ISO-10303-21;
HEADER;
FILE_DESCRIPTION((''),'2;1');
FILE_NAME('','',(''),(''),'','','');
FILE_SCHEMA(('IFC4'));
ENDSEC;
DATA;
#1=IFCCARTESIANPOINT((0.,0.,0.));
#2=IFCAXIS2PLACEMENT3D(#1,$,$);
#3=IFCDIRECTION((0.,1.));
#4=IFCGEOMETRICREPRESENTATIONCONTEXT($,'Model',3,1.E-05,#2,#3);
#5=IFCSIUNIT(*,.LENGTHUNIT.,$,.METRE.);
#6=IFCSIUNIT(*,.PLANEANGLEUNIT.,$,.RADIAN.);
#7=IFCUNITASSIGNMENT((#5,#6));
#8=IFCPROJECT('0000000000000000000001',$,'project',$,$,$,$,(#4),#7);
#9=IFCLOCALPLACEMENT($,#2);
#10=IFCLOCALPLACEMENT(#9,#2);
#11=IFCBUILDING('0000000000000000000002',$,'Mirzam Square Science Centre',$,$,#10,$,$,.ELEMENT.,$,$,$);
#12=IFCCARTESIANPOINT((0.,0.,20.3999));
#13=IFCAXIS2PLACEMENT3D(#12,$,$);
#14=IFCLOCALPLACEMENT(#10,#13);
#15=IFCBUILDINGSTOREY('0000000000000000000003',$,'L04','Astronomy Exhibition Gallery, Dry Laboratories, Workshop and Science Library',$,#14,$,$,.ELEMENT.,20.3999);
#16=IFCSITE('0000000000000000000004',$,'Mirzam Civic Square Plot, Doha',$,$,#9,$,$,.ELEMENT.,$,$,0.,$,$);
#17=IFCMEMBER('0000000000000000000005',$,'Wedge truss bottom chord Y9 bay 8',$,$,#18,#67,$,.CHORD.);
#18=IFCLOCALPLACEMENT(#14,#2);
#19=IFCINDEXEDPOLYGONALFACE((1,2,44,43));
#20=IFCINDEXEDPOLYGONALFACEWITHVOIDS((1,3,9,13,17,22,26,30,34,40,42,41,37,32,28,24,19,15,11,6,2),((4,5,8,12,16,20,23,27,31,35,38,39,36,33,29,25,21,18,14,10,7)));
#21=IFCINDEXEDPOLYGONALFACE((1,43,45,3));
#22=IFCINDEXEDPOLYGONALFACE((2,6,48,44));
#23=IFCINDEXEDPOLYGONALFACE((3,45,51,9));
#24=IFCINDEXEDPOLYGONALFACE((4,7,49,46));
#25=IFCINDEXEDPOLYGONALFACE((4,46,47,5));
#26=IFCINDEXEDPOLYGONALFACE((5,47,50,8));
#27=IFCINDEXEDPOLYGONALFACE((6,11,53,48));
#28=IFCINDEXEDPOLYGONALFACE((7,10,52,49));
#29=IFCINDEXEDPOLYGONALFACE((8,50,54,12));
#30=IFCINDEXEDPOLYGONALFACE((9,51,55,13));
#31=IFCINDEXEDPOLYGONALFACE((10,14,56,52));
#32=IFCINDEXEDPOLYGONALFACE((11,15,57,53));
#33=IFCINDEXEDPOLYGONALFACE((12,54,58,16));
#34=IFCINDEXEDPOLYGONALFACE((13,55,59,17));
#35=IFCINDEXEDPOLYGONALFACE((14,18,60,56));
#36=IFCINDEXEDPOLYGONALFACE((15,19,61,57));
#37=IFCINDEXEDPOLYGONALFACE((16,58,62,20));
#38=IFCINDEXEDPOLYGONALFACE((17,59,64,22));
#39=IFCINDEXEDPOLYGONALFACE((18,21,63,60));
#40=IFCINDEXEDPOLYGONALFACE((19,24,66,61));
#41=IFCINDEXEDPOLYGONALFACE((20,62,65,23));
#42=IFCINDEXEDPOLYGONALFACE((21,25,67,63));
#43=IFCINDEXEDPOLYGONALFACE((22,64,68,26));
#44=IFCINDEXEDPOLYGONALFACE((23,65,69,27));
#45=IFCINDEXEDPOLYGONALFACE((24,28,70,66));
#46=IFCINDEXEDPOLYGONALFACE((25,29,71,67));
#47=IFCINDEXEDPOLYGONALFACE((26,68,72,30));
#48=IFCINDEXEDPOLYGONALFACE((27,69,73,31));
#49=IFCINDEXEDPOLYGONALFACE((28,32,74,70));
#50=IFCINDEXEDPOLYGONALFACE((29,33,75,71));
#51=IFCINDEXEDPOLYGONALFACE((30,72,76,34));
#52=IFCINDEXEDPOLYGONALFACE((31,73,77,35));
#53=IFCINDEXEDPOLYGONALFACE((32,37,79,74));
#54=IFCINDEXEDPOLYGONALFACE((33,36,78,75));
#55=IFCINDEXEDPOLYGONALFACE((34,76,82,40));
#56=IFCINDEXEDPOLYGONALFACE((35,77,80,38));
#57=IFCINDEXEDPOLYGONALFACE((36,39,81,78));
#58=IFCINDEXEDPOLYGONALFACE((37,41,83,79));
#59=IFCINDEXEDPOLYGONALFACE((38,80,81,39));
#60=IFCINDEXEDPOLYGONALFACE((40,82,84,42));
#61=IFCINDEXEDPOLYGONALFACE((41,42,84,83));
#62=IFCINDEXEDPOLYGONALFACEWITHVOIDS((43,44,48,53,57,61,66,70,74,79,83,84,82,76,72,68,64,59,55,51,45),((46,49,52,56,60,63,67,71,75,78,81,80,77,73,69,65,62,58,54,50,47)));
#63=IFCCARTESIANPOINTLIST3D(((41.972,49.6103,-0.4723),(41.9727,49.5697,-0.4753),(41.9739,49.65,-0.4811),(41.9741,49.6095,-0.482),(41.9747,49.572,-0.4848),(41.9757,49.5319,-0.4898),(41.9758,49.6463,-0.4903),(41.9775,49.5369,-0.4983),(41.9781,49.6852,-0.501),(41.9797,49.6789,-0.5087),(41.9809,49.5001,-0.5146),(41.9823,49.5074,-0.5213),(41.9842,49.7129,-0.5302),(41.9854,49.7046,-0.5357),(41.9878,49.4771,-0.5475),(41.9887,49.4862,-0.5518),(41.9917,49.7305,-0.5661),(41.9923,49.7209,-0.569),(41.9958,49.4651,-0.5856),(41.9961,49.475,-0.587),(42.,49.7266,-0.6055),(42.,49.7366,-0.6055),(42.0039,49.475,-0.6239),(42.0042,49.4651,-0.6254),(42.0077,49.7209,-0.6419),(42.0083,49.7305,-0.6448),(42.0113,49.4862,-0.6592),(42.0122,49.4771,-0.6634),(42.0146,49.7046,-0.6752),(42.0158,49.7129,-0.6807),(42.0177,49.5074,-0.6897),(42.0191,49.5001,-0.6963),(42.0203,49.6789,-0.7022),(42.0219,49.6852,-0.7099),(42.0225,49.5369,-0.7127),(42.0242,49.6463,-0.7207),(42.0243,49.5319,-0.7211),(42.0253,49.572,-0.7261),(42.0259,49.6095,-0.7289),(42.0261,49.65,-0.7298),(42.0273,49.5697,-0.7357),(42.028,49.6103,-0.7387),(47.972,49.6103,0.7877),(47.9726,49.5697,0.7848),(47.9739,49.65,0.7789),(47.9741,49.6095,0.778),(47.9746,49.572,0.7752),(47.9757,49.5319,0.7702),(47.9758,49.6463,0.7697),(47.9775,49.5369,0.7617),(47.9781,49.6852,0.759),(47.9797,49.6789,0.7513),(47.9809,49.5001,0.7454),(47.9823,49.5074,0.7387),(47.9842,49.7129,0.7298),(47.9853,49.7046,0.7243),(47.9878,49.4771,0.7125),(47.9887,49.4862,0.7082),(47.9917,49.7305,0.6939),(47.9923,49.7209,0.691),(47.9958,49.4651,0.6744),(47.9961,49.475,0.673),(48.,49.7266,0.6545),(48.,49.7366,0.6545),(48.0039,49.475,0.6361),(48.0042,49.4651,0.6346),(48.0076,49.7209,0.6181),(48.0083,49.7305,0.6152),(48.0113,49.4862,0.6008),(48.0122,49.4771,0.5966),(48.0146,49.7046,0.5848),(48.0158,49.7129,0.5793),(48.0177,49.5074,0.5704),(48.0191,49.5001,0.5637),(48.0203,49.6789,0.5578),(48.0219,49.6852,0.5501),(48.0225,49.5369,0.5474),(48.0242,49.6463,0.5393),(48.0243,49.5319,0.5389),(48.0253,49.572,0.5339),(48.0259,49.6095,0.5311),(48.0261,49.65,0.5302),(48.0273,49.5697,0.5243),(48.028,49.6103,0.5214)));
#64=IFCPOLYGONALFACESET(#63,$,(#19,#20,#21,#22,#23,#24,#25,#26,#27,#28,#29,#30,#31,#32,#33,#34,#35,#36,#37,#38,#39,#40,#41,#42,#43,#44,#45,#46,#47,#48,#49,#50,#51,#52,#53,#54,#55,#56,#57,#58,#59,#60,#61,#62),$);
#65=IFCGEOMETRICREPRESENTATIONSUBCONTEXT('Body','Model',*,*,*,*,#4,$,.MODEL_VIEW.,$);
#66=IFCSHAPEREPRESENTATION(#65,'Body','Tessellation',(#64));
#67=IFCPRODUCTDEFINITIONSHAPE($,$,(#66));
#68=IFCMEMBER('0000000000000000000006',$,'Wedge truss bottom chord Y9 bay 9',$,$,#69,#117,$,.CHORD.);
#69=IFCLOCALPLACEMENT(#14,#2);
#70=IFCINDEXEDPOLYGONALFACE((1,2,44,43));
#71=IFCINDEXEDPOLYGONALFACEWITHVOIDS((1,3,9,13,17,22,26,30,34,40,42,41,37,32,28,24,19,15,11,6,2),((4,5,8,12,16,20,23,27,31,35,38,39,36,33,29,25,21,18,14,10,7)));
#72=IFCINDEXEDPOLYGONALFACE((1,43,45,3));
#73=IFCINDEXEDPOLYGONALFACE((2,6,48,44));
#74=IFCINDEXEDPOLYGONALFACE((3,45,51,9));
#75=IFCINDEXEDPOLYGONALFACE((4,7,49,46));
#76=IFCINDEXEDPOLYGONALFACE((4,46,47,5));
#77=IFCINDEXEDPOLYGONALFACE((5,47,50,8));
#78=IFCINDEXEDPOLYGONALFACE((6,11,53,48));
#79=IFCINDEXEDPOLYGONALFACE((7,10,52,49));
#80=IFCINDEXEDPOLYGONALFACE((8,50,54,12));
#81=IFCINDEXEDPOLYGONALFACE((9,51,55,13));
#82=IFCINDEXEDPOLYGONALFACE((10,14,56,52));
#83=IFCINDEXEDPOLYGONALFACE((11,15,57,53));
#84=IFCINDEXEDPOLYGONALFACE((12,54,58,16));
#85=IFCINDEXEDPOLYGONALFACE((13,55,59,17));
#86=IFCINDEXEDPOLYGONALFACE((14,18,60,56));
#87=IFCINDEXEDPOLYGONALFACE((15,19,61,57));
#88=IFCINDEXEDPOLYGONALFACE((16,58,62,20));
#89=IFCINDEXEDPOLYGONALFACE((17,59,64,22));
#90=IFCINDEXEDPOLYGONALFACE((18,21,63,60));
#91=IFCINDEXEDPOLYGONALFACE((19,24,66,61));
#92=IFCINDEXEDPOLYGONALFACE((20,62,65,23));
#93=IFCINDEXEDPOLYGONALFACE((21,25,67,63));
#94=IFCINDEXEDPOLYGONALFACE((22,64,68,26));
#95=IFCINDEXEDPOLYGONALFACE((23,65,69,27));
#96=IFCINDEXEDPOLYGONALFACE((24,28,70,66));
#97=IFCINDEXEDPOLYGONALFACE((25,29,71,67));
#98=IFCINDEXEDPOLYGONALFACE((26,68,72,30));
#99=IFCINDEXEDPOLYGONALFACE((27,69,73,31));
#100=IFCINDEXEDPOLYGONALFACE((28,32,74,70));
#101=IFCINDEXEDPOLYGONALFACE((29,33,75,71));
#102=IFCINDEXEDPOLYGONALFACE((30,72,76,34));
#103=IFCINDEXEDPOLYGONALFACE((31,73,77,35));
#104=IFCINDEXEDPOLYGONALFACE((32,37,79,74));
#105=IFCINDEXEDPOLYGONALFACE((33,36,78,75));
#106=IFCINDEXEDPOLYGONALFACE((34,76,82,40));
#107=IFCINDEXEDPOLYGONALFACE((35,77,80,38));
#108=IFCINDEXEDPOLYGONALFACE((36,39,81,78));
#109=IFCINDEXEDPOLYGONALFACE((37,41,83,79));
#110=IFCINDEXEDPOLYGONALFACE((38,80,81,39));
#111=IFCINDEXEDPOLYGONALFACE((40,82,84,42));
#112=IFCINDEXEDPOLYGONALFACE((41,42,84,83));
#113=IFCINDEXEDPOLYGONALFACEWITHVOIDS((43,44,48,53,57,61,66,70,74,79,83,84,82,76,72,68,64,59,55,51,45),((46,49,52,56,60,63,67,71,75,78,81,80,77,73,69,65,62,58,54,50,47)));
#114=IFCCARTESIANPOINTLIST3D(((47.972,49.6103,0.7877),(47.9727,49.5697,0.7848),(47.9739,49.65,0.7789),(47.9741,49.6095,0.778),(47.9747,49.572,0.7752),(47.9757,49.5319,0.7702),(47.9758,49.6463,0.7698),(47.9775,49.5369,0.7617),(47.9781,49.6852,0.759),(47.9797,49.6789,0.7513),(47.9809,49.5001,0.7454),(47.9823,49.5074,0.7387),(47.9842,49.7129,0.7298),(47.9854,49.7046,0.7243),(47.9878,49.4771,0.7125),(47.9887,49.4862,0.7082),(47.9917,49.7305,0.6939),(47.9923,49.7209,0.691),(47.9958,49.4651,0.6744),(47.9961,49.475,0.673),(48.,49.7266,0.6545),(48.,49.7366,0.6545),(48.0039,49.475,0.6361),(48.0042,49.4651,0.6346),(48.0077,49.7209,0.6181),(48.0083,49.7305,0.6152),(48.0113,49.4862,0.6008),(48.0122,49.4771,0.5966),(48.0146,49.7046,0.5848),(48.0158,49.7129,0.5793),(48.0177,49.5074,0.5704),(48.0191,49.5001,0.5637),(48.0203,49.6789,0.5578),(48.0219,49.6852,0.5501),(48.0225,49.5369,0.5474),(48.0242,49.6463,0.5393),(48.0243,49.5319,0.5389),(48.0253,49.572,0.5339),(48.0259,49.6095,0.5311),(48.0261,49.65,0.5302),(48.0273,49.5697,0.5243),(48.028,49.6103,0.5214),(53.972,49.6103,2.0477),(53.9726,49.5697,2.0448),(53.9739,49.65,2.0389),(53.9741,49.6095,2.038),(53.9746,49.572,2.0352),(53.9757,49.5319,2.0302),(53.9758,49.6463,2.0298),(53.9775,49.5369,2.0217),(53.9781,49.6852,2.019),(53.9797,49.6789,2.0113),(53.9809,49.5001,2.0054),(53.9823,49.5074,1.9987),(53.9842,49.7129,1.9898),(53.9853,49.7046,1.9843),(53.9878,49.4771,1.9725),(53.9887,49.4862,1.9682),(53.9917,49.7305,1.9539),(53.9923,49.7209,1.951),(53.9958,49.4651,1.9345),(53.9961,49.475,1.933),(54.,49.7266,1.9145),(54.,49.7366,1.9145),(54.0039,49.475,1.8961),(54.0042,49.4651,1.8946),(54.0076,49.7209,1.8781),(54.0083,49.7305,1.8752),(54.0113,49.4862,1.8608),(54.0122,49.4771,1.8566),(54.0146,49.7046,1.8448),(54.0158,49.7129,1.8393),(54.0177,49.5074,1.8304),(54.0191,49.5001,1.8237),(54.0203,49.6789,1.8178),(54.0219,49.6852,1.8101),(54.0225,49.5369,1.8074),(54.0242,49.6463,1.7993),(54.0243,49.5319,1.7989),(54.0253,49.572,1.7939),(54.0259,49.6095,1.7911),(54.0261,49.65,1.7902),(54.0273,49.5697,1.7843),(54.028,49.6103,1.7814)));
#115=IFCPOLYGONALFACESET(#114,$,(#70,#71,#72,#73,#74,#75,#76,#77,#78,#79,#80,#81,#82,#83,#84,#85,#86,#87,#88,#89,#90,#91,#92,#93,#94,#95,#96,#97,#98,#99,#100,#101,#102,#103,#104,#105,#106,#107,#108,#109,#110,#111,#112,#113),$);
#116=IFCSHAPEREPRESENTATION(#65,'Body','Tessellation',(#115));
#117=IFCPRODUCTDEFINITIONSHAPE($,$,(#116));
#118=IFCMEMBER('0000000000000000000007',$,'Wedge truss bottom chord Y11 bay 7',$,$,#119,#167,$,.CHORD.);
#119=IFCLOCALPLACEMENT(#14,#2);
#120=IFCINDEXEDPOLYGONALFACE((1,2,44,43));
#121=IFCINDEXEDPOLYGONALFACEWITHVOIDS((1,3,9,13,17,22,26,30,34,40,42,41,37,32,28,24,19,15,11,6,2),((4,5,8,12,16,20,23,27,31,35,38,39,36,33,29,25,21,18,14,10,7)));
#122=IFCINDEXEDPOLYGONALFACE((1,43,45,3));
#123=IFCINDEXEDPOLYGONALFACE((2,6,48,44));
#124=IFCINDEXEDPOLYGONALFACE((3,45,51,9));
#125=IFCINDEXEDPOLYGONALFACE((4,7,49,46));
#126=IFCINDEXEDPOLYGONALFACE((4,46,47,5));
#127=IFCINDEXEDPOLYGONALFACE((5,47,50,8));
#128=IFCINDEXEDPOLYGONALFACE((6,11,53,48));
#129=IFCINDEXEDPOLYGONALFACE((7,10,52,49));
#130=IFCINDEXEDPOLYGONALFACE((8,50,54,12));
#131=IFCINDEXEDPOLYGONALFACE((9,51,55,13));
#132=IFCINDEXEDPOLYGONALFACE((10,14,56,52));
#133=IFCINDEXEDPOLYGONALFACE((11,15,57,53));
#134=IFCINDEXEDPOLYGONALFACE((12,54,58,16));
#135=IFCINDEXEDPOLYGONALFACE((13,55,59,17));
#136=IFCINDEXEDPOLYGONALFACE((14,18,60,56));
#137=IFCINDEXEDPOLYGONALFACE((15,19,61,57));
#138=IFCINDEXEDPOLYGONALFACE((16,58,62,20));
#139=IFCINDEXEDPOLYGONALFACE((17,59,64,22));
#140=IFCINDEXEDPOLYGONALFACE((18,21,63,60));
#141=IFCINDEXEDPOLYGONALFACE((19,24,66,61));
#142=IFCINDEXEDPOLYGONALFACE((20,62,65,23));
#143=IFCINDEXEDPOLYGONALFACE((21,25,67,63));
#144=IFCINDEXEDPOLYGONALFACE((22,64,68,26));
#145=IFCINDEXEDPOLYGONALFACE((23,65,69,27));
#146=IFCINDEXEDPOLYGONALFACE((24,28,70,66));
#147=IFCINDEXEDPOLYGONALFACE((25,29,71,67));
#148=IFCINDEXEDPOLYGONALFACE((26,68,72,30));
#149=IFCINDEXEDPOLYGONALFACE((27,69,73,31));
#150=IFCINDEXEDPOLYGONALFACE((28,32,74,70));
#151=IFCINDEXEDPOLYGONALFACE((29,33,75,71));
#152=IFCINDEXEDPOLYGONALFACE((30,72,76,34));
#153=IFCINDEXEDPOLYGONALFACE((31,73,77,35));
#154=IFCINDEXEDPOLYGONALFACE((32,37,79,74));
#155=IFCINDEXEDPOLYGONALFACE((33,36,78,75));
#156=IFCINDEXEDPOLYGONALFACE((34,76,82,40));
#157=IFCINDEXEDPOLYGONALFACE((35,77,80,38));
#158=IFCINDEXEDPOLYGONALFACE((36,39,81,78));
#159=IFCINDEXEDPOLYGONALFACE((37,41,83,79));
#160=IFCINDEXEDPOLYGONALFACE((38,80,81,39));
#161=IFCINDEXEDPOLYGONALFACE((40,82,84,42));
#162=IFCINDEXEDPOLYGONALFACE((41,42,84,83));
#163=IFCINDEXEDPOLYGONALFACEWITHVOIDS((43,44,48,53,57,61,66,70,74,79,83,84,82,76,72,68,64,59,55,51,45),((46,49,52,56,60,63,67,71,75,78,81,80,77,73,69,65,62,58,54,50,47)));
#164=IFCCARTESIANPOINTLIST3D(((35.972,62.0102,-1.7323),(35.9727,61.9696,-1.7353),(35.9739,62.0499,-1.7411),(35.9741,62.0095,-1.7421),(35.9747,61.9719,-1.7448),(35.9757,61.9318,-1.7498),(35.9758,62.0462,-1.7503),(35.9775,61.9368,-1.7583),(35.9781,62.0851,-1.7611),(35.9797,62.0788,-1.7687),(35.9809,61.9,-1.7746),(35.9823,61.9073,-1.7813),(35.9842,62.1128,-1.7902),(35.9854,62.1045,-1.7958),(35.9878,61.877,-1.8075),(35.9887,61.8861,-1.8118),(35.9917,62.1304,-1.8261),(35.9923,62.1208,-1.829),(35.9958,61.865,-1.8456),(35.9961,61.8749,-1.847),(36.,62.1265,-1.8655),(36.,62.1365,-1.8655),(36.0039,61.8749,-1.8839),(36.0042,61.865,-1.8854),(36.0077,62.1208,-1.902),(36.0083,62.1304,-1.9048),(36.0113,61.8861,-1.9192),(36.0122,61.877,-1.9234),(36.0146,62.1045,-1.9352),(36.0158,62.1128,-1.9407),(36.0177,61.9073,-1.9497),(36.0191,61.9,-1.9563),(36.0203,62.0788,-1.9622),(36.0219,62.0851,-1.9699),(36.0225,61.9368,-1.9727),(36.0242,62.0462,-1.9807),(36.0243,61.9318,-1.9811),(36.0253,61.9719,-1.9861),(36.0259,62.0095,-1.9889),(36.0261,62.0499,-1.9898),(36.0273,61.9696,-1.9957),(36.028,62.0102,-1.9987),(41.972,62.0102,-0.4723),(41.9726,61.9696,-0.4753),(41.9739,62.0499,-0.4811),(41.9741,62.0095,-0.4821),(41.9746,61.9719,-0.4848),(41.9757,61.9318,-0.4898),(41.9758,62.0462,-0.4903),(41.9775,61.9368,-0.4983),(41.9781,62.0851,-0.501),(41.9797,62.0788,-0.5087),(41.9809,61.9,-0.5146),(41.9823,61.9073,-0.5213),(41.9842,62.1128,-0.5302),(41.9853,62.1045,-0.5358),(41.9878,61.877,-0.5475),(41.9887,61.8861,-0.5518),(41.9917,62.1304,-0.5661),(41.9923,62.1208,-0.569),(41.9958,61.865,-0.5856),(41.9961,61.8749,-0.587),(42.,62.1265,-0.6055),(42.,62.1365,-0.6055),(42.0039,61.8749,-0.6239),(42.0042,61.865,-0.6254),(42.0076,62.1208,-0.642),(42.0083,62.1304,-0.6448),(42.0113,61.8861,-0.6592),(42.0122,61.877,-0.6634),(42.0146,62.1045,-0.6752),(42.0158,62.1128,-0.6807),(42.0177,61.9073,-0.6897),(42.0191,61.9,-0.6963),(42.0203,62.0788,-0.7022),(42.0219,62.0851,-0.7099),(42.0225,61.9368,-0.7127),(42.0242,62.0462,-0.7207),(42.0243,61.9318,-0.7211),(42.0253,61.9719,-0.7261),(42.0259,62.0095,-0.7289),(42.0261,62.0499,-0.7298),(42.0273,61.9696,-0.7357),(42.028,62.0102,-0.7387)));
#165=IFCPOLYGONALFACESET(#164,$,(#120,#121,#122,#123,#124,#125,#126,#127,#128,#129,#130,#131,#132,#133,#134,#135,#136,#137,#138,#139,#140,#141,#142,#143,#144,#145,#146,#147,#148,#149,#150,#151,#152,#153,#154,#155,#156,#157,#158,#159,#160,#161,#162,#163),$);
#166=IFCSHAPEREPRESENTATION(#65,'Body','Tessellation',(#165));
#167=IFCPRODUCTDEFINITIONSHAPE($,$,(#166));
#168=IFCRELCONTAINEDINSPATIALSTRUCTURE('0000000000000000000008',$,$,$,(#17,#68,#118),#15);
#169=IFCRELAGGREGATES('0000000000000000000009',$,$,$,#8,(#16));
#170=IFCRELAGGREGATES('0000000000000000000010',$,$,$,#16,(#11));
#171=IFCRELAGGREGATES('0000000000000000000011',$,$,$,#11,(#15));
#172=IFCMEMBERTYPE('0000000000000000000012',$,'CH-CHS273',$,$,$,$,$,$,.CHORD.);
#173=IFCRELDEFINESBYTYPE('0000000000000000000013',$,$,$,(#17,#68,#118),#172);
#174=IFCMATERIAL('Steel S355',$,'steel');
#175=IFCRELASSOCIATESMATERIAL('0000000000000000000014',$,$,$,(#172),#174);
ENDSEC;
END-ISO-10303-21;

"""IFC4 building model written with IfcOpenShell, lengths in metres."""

from ifc_helpers import new_model, si_unit, direction, frame, origin, origin_2d, place, context, subcontext, project, spatial, hollow_circle, extrude, material, material_profile, profile_set, type_object, element, save


model = new_model("IFC4")

# Units and contexts
model_context = context("Model", 3, precision=1e-05, world=origin(), true_north=direction((0.0, 1.0)))
body_context = subcontext(model_context, "Body", "Model", "MODEL_VIEW")
ifc_project = project(units=[si_unit("LENGTHUNIT", "METRE"), si_unit("PLANEANGLEUNIT", "RADIAN")], contexts=[model_context])

# Site, building, storey
site_placement = place(None, origin())
site = spatial("IfcSite", under=ifc_project, at=site_placement, Name="Mirzam Civic Square Plot, Doha", CompositionType="ELEMENT", RefElevation=0.0)
building_placement = place(site_placement, origin())
building = spatial("IfcBuilding", under=site, at=building_placement, Name="Mirzam Square Science Centre", CompositionType="ELEMENT")
storey_placement = place(building_placement, frame((0.0, 0.0, 20.3999)))
storey = spatial("IfcBuildingStorey", under=building, at=storey_placement, Name="L04", Description="Astronomy Exhibition Gallery, Dry Laboratories, Workshop and Science Library", CompositionType="ELEMENT", Elevation=20.3999)

# Members
ifc_material = material(Name="Steel S355", Category="steel")
ifc_material_profile_1 = material_profile(ifc_material, hollow_circle(Radius=0.1365, WallThickness=0.01, at=origin_2d()), Name="273.0x10.0CHS")
ifc_profile_set_1 = profile_set([ifc_material_profile_1], Name="Steel S355")
member_type_1 = type_object("IfcMemberType", Name="CH-CHS273", PredefinedType="CHORD", material=ifc_profile_set_1)
for number, where, z_axis, x_axis, name in (
    (1, (42.0, 49.6001, -0.6055), (0.978653, 0.0, 0.205519), (0.0, 1.0, 0.0), "Wedge truss bottom chord Y9 bay 8"),
    (2, (48.0, 49.6001, 0.6545), (0.978653, 0.0, 0.205519), (0.0, 1.0, 0.0), "Wedge truss bottom chord Y9 bay 9"),
    (3, (36.0, 62.0, -1.8655), (0.978653, 0.0, 0.205519), (0.0, 1.0, 0.0), "Wedge truss bottom chord Y11 bay 7"),
):
    element("IfcMember", number, at=place(storey_placement, frame(where, z_axis=z_axis, x_axis=x_axis)), inside=storey, type_object=member_type_1, Name=name, PredefinedType="CHORD", context=body_context, shape_type="SweptSolid", body=[
        extrude(hollow_circle(Radius=0.1365, WallThickness=0.01, at=origin_2d()), origin(), (0.0, 0.0, 1.0), 6.1309),
    ])

save(model, "model.ifc")
